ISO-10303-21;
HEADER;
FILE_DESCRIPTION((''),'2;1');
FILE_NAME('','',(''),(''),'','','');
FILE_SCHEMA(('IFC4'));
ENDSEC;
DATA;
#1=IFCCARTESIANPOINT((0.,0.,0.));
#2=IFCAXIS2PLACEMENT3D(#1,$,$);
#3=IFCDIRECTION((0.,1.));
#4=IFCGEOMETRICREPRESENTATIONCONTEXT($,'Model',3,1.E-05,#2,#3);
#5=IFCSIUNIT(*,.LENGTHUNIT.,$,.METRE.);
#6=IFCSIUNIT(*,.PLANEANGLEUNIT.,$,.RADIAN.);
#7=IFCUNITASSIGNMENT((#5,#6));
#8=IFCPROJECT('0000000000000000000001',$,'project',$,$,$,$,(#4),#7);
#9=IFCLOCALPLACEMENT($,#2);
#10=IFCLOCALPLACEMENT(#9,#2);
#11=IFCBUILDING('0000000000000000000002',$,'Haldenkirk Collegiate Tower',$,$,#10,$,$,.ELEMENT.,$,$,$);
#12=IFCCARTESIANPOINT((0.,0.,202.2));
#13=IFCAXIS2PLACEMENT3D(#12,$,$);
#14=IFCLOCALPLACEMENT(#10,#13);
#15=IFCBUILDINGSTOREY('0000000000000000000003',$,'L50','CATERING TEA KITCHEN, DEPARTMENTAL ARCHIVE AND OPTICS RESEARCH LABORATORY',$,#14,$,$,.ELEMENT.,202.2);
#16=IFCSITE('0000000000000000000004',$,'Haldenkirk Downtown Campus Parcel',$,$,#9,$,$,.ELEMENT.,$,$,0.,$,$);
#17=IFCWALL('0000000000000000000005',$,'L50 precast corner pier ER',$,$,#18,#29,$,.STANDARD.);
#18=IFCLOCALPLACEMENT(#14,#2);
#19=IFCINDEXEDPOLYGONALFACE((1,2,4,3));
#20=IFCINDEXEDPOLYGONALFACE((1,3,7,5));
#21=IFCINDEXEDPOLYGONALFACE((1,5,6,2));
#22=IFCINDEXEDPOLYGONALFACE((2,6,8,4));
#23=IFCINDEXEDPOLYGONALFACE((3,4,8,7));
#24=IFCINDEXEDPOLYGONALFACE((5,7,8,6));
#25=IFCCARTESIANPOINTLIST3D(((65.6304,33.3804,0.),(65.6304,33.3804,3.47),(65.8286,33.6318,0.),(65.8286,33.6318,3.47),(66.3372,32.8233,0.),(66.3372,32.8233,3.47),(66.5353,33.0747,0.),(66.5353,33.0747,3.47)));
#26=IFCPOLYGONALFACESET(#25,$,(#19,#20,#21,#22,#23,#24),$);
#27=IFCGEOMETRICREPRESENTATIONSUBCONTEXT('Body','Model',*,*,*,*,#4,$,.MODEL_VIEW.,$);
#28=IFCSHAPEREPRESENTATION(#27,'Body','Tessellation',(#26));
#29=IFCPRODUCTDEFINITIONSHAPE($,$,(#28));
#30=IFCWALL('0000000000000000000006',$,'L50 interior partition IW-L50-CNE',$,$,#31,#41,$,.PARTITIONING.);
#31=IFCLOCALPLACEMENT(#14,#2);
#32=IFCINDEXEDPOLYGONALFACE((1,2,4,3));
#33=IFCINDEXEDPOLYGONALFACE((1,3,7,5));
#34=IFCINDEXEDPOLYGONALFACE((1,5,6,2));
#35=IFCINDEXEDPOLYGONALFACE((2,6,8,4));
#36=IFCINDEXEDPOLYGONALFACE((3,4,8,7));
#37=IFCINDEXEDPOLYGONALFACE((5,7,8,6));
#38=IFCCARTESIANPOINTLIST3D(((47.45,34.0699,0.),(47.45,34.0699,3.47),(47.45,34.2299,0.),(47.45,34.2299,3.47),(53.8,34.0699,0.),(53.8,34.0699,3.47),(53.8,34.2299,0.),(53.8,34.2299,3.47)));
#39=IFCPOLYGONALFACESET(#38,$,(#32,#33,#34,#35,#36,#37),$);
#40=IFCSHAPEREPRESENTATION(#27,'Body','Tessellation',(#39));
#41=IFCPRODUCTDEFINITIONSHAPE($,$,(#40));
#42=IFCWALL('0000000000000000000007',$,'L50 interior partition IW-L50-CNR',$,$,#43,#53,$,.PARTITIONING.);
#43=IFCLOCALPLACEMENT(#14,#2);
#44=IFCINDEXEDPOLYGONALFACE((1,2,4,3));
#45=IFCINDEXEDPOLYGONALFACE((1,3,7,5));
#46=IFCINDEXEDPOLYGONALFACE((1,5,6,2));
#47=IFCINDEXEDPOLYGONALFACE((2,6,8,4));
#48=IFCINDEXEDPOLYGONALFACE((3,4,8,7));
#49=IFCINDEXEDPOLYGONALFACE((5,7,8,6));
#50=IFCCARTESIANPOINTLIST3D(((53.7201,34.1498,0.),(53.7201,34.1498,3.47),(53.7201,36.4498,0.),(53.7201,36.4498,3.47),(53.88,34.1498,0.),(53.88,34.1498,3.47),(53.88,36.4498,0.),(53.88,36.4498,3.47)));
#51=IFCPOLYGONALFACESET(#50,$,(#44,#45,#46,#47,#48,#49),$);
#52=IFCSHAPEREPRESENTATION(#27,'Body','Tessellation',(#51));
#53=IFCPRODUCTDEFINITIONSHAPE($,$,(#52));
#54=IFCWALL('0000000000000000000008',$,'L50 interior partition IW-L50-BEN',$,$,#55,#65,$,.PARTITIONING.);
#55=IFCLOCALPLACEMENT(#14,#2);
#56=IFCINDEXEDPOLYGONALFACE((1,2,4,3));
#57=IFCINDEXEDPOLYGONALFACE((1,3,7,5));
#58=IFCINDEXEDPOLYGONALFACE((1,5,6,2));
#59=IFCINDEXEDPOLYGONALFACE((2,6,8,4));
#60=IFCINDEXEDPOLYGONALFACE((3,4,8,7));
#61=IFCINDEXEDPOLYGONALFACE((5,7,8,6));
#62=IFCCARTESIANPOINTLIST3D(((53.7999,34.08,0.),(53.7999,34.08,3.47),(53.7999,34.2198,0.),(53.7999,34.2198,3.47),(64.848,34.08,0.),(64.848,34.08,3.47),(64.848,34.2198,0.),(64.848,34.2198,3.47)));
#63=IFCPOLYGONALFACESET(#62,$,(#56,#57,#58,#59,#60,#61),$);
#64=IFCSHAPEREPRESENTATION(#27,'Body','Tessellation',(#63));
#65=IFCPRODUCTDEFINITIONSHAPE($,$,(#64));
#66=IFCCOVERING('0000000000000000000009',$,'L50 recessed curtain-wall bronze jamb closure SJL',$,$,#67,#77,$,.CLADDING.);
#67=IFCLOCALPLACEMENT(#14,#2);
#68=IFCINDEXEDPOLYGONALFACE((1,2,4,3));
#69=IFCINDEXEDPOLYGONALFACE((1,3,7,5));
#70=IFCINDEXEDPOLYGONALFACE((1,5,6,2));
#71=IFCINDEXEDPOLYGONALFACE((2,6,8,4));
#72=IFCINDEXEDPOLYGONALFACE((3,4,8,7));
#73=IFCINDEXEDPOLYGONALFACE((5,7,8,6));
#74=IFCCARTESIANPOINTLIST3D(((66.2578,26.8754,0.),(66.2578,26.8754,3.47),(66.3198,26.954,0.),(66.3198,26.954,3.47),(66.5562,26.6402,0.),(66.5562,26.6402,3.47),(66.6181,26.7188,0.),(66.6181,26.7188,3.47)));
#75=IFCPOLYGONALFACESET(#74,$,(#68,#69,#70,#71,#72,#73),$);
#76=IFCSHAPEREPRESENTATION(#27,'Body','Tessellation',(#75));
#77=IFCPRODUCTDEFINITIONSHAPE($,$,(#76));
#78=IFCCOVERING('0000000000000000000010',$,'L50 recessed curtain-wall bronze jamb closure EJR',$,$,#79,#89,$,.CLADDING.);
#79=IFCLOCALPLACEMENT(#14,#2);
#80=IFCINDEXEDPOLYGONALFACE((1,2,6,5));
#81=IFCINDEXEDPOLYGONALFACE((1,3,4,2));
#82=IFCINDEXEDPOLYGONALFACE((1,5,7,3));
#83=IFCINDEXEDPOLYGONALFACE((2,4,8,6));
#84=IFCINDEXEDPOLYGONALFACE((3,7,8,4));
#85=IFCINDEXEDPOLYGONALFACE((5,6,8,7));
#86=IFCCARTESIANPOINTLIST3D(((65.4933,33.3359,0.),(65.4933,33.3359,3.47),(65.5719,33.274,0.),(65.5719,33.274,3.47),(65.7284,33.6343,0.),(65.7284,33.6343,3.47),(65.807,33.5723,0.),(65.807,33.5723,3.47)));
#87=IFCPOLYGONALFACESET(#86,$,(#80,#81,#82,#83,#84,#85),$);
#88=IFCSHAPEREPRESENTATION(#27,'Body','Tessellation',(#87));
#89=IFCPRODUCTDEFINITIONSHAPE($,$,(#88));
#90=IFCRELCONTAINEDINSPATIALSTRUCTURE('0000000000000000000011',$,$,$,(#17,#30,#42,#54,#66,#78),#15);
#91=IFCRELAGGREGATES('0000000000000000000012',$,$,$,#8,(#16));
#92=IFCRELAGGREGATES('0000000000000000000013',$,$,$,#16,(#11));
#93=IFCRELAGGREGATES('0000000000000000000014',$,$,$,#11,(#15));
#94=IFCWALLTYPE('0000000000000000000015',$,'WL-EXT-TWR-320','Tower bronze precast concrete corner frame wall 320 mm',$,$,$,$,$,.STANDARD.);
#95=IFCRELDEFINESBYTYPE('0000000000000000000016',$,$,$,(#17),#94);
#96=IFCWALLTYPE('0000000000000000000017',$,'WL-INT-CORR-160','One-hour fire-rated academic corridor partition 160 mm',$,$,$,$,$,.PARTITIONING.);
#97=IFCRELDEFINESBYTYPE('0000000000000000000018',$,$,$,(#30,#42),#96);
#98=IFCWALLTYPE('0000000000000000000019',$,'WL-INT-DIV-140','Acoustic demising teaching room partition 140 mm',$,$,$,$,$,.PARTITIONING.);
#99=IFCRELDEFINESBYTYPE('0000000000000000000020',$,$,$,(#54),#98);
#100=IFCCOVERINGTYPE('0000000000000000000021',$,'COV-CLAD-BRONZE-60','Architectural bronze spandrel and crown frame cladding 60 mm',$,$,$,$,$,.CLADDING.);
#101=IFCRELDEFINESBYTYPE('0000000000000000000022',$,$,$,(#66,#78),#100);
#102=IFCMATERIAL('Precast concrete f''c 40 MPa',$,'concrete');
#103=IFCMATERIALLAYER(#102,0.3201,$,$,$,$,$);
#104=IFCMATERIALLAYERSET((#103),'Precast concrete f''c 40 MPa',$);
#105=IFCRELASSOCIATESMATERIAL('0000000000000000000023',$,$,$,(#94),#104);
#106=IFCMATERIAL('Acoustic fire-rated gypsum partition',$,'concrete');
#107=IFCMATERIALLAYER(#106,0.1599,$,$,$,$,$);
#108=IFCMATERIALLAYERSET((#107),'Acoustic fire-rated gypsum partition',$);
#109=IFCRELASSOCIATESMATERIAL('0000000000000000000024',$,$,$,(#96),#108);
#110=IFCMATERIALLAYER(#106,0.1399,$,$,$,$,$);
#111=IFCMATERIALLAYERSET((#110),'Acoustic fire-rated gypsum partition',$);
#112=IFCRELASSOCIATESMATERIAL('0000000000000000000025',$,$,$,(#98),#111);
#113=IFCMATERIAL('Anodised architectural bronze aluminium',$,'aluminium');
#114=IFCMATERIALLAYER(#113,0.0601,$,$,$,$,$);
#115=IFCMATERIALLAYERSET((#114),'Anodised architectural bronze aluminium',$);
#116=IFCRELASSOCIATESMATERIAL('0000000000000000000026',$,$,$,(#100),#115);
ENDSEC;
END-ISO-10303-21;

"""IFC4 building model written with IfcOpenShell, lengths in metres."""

from ifc_helpers import new_model, si_unit, direction, frame, frame_2d, origin, origin_2d, place, context, subcontext, project, spatial, rectangle, extrude, source, transform, mapped, material, layer, layer_set, type_object, element, save


model = new_model("IFC4")

# Units and contexts
model_context = context("Model", 3, precision=1e-05, world=origin(), true_north=direction((0.0, 1.0)))
body_context = subcontext(model_context, "Body", "Model", "MODEL_VIEW")
ifc_project = project(units=[si_unit("LENGTHUNIT", "METRE"), si_unit("PLANEANGLEUNIT", "RADIAN")], contexts=[model_context])

# Site, building, storey
site_placement = place(None, origin())
site = spatial("IfcSite", under=ifc_project, at=site_placement, Name="Haldenkirk Downtown Campus Parcel", CompositionType="ELEMENT", RefElevation=0.0)
building_placement = place(site_placement, origin())
building = spatial("IfcBuilding", under=site, at=building_placement, Name="Haldenkirk Collegiate Tower", CompositionType="ELEMENT")
storey_placement = place(building_placement, frame((0.0, 0.0, 202.2)))
storey = spatial("IfcBuildingStorey", under=building, at=storey_placement, Name="L50", Description="CATERING TEA KITCHEN, DEPARTMENTAL ARCHIVE AND OPTICS RESEARCH LABORATORY", CompositionType="ELEMENT", Elevation=202.2)

# Shared definitions
ifc_material_1 = material(Name="Anodised architectural bronze aluminium", Category="aluminium")

# Shared definitions
ifc_material_2 = material(Name="Precast concrete f'c 40 MPa", Category="concrete")
ifc_layer_1 = layer(ifc_material_2, 0.3201)
ifc_layer_set_1 = layer_set([ifc_layer_1], Name="Precast concrete f'c 40 MPa")
wall_type_1 = type_object("IfcWallType", Name="WL-EXT-TWR-320", Description="Tower bronze precast concrete corner frame wall 320 mm", PredefinedType="STANDARD", material=ifc_layer_set_1)

# Walls
wall_1_placement = place(storey_placement, frame((65.7295, 33.5061, 0.0), z_axis=(0.0, 0.0, 1.0), x_axis=(0.785348, -0.619055, 0.0)))
element("IfcWall", 1, at=wall_1_placement, inside=storey, type_object=wall_type_1, Name="L50 precast corner pier ER", PredefinedType="STANDARD", context=body_context, shape_type="SweptSolid", body=[
    extrude(rectangle(XDim=0.8999, YDim=0.3201, at=frame_2d((0.45, 0.0))), origin(), (0.0, 0.0, 1.0), 3.47),
])
ifc_material_3 = material(Name="Acoustic fire-rated gypsum partition", Category="concrete")
ifc_layer_2 = layer(ifc_material_3, 0.1599)
ifc_layer_set_2 = layer_set([ifc_layer_2], Name="Acoustic fire-rated gypsum partition")
wall_type_2 = type_object("IfcWallType", Name="WL-INT-CORR-160", Description="One-hour fire-rated academic corridor partition 160 mm", PredefinedType="PARTITIONING", material=ifc_layer_set_2)
wall_2_placement = place(storey_placement, frame((47.45, 34.1499, 0.0), z_axis=(0.0, 0.0, 1.0), x_axis=(1.0, 0.0, 0.0)))
element("IfcWall", 2, at=wall_2_placement, inside=storey, type_object=wall_type_2, Name="L50 interior partition IW-L50-CNE", PredefinedType="PARTITIONING", context=body_context, shape_type="SweptSolid", body=[
    extrude(rectangle(XDim=6.3501, YDim=0.1599, at=frame_2d((3.175, 0.0))), origin(), (0.0, 0.0, 1.0), 3.47),
])
wall_3_placement = place(storey_placement, frame((53.8, 34.1499, 0.0), z_axis=(0.0, 0.0, 1.0), x_axis=(0.0, 1.0, 0.0)))
element("IfcWall", 3, at=wall_3_placement, inside=storey, type_object=wall_type_2, Name="L50 interior partition IW-L50-CNR", PredefinedType="PARTITIONING", context=body_context, shape_type="SweptSolid", body=[
    extrude(rectangle(XDim=2.3, YDim=0.1599, at=frame_2d((1.1499, 0.0))), origin(), (0.0, 0.0, 1.0), 3.47),
])
ifc_layer_3 = layer(ifc_material_3, 0.1399)
ifc_layer_set_3 = layer_set([ifc_layer_3], Name="Acoustic fire-rated gypsum partition")
wall_type_3 = type_object("IfcWallType", Name="WL-INT-DIV-140", Description="Acoustic demising teaching room partition 140 mm", PredefinedType="PARTITIONING", material=ifc_layer_set_3)
wall_4_placement = place(storey_placement, frame((53.8, 34.1499, 0.0), z_axis=(0.0, 0.0, 1.0), x_axis=(1.0, 0.0, 0.0)))
element("IfcWall", 4, at=wall_4_placement, inside=storey, type_object=wall_type_3, Name="L50 interior partition IW-L50-BEN", PredefinedType="PARTITIONING", context=body_context, shape_type="SweptSolid", body=[
    extrude(rectangle(XDim=11.0481, YDim=0.1399, at=frame_2d((5.5239, 0.0))), origin(), (0.0, 0.0, 1.0), 3.47),
])

# Coverings
ifc_layer_4 = layer(ifc_material_1, 0.0601)
ifc_layer_set_4 = layer_set([ifc_layer_4], Name="Anodised architectural bronze aluminium")
covering_type = type_object("IfcCoveringType", Name="COV-CLAD-BRONZE-60", Description="Architectural bronze spandrel and crown frame cladding 60 mm", PredefinedType="CLADDING", material=ifc_layer_set_4)
shared_shape_1 = source(origin(), body_context, "Body", "SweptSolid", [
    extrude(rectangle(XDim=0.1001, YDim=0.3799, at=origin_2d()), origin(), (0.0, 0.0, 1.0), 3.47),
])
for number, where, z_axis, x_axis, name in (
    (5, (66.438, 26.7971, 0.0), (0.0, 0.0, 1.0), (-0.619094, -0.785317, 0.0), "L50 recessed curtain-wall bronze jamb closure SJL"),
    (6, (65.6501, 33.4541, 0.0), (0.0, 0.0, 1.0), (0.785317, -0.619094, 0.0), "L50 recessed curtain-wall bronze jamb closure EJR"),
):
    element("IfcCovering", number, at=place(storey_placement, frame(where, z_axis=z_axis, x_axis=x_axis)), inside=storey, type_object=covering_type, Name=name, PredefinedType="CLADDING", context=body_context, shape_type="MappedRepresentation", body=[
        mapped(shared_shape_1, transform((0.0, 0.0, 0.0), x_axis=(1.0, 0.0, 0.0), y_axis=(0.0, 1.0, 0.0), z_axis=(0.0, 0.0, 1.0), scale=1.0)),
    ])

save(model, "model.ifc")
